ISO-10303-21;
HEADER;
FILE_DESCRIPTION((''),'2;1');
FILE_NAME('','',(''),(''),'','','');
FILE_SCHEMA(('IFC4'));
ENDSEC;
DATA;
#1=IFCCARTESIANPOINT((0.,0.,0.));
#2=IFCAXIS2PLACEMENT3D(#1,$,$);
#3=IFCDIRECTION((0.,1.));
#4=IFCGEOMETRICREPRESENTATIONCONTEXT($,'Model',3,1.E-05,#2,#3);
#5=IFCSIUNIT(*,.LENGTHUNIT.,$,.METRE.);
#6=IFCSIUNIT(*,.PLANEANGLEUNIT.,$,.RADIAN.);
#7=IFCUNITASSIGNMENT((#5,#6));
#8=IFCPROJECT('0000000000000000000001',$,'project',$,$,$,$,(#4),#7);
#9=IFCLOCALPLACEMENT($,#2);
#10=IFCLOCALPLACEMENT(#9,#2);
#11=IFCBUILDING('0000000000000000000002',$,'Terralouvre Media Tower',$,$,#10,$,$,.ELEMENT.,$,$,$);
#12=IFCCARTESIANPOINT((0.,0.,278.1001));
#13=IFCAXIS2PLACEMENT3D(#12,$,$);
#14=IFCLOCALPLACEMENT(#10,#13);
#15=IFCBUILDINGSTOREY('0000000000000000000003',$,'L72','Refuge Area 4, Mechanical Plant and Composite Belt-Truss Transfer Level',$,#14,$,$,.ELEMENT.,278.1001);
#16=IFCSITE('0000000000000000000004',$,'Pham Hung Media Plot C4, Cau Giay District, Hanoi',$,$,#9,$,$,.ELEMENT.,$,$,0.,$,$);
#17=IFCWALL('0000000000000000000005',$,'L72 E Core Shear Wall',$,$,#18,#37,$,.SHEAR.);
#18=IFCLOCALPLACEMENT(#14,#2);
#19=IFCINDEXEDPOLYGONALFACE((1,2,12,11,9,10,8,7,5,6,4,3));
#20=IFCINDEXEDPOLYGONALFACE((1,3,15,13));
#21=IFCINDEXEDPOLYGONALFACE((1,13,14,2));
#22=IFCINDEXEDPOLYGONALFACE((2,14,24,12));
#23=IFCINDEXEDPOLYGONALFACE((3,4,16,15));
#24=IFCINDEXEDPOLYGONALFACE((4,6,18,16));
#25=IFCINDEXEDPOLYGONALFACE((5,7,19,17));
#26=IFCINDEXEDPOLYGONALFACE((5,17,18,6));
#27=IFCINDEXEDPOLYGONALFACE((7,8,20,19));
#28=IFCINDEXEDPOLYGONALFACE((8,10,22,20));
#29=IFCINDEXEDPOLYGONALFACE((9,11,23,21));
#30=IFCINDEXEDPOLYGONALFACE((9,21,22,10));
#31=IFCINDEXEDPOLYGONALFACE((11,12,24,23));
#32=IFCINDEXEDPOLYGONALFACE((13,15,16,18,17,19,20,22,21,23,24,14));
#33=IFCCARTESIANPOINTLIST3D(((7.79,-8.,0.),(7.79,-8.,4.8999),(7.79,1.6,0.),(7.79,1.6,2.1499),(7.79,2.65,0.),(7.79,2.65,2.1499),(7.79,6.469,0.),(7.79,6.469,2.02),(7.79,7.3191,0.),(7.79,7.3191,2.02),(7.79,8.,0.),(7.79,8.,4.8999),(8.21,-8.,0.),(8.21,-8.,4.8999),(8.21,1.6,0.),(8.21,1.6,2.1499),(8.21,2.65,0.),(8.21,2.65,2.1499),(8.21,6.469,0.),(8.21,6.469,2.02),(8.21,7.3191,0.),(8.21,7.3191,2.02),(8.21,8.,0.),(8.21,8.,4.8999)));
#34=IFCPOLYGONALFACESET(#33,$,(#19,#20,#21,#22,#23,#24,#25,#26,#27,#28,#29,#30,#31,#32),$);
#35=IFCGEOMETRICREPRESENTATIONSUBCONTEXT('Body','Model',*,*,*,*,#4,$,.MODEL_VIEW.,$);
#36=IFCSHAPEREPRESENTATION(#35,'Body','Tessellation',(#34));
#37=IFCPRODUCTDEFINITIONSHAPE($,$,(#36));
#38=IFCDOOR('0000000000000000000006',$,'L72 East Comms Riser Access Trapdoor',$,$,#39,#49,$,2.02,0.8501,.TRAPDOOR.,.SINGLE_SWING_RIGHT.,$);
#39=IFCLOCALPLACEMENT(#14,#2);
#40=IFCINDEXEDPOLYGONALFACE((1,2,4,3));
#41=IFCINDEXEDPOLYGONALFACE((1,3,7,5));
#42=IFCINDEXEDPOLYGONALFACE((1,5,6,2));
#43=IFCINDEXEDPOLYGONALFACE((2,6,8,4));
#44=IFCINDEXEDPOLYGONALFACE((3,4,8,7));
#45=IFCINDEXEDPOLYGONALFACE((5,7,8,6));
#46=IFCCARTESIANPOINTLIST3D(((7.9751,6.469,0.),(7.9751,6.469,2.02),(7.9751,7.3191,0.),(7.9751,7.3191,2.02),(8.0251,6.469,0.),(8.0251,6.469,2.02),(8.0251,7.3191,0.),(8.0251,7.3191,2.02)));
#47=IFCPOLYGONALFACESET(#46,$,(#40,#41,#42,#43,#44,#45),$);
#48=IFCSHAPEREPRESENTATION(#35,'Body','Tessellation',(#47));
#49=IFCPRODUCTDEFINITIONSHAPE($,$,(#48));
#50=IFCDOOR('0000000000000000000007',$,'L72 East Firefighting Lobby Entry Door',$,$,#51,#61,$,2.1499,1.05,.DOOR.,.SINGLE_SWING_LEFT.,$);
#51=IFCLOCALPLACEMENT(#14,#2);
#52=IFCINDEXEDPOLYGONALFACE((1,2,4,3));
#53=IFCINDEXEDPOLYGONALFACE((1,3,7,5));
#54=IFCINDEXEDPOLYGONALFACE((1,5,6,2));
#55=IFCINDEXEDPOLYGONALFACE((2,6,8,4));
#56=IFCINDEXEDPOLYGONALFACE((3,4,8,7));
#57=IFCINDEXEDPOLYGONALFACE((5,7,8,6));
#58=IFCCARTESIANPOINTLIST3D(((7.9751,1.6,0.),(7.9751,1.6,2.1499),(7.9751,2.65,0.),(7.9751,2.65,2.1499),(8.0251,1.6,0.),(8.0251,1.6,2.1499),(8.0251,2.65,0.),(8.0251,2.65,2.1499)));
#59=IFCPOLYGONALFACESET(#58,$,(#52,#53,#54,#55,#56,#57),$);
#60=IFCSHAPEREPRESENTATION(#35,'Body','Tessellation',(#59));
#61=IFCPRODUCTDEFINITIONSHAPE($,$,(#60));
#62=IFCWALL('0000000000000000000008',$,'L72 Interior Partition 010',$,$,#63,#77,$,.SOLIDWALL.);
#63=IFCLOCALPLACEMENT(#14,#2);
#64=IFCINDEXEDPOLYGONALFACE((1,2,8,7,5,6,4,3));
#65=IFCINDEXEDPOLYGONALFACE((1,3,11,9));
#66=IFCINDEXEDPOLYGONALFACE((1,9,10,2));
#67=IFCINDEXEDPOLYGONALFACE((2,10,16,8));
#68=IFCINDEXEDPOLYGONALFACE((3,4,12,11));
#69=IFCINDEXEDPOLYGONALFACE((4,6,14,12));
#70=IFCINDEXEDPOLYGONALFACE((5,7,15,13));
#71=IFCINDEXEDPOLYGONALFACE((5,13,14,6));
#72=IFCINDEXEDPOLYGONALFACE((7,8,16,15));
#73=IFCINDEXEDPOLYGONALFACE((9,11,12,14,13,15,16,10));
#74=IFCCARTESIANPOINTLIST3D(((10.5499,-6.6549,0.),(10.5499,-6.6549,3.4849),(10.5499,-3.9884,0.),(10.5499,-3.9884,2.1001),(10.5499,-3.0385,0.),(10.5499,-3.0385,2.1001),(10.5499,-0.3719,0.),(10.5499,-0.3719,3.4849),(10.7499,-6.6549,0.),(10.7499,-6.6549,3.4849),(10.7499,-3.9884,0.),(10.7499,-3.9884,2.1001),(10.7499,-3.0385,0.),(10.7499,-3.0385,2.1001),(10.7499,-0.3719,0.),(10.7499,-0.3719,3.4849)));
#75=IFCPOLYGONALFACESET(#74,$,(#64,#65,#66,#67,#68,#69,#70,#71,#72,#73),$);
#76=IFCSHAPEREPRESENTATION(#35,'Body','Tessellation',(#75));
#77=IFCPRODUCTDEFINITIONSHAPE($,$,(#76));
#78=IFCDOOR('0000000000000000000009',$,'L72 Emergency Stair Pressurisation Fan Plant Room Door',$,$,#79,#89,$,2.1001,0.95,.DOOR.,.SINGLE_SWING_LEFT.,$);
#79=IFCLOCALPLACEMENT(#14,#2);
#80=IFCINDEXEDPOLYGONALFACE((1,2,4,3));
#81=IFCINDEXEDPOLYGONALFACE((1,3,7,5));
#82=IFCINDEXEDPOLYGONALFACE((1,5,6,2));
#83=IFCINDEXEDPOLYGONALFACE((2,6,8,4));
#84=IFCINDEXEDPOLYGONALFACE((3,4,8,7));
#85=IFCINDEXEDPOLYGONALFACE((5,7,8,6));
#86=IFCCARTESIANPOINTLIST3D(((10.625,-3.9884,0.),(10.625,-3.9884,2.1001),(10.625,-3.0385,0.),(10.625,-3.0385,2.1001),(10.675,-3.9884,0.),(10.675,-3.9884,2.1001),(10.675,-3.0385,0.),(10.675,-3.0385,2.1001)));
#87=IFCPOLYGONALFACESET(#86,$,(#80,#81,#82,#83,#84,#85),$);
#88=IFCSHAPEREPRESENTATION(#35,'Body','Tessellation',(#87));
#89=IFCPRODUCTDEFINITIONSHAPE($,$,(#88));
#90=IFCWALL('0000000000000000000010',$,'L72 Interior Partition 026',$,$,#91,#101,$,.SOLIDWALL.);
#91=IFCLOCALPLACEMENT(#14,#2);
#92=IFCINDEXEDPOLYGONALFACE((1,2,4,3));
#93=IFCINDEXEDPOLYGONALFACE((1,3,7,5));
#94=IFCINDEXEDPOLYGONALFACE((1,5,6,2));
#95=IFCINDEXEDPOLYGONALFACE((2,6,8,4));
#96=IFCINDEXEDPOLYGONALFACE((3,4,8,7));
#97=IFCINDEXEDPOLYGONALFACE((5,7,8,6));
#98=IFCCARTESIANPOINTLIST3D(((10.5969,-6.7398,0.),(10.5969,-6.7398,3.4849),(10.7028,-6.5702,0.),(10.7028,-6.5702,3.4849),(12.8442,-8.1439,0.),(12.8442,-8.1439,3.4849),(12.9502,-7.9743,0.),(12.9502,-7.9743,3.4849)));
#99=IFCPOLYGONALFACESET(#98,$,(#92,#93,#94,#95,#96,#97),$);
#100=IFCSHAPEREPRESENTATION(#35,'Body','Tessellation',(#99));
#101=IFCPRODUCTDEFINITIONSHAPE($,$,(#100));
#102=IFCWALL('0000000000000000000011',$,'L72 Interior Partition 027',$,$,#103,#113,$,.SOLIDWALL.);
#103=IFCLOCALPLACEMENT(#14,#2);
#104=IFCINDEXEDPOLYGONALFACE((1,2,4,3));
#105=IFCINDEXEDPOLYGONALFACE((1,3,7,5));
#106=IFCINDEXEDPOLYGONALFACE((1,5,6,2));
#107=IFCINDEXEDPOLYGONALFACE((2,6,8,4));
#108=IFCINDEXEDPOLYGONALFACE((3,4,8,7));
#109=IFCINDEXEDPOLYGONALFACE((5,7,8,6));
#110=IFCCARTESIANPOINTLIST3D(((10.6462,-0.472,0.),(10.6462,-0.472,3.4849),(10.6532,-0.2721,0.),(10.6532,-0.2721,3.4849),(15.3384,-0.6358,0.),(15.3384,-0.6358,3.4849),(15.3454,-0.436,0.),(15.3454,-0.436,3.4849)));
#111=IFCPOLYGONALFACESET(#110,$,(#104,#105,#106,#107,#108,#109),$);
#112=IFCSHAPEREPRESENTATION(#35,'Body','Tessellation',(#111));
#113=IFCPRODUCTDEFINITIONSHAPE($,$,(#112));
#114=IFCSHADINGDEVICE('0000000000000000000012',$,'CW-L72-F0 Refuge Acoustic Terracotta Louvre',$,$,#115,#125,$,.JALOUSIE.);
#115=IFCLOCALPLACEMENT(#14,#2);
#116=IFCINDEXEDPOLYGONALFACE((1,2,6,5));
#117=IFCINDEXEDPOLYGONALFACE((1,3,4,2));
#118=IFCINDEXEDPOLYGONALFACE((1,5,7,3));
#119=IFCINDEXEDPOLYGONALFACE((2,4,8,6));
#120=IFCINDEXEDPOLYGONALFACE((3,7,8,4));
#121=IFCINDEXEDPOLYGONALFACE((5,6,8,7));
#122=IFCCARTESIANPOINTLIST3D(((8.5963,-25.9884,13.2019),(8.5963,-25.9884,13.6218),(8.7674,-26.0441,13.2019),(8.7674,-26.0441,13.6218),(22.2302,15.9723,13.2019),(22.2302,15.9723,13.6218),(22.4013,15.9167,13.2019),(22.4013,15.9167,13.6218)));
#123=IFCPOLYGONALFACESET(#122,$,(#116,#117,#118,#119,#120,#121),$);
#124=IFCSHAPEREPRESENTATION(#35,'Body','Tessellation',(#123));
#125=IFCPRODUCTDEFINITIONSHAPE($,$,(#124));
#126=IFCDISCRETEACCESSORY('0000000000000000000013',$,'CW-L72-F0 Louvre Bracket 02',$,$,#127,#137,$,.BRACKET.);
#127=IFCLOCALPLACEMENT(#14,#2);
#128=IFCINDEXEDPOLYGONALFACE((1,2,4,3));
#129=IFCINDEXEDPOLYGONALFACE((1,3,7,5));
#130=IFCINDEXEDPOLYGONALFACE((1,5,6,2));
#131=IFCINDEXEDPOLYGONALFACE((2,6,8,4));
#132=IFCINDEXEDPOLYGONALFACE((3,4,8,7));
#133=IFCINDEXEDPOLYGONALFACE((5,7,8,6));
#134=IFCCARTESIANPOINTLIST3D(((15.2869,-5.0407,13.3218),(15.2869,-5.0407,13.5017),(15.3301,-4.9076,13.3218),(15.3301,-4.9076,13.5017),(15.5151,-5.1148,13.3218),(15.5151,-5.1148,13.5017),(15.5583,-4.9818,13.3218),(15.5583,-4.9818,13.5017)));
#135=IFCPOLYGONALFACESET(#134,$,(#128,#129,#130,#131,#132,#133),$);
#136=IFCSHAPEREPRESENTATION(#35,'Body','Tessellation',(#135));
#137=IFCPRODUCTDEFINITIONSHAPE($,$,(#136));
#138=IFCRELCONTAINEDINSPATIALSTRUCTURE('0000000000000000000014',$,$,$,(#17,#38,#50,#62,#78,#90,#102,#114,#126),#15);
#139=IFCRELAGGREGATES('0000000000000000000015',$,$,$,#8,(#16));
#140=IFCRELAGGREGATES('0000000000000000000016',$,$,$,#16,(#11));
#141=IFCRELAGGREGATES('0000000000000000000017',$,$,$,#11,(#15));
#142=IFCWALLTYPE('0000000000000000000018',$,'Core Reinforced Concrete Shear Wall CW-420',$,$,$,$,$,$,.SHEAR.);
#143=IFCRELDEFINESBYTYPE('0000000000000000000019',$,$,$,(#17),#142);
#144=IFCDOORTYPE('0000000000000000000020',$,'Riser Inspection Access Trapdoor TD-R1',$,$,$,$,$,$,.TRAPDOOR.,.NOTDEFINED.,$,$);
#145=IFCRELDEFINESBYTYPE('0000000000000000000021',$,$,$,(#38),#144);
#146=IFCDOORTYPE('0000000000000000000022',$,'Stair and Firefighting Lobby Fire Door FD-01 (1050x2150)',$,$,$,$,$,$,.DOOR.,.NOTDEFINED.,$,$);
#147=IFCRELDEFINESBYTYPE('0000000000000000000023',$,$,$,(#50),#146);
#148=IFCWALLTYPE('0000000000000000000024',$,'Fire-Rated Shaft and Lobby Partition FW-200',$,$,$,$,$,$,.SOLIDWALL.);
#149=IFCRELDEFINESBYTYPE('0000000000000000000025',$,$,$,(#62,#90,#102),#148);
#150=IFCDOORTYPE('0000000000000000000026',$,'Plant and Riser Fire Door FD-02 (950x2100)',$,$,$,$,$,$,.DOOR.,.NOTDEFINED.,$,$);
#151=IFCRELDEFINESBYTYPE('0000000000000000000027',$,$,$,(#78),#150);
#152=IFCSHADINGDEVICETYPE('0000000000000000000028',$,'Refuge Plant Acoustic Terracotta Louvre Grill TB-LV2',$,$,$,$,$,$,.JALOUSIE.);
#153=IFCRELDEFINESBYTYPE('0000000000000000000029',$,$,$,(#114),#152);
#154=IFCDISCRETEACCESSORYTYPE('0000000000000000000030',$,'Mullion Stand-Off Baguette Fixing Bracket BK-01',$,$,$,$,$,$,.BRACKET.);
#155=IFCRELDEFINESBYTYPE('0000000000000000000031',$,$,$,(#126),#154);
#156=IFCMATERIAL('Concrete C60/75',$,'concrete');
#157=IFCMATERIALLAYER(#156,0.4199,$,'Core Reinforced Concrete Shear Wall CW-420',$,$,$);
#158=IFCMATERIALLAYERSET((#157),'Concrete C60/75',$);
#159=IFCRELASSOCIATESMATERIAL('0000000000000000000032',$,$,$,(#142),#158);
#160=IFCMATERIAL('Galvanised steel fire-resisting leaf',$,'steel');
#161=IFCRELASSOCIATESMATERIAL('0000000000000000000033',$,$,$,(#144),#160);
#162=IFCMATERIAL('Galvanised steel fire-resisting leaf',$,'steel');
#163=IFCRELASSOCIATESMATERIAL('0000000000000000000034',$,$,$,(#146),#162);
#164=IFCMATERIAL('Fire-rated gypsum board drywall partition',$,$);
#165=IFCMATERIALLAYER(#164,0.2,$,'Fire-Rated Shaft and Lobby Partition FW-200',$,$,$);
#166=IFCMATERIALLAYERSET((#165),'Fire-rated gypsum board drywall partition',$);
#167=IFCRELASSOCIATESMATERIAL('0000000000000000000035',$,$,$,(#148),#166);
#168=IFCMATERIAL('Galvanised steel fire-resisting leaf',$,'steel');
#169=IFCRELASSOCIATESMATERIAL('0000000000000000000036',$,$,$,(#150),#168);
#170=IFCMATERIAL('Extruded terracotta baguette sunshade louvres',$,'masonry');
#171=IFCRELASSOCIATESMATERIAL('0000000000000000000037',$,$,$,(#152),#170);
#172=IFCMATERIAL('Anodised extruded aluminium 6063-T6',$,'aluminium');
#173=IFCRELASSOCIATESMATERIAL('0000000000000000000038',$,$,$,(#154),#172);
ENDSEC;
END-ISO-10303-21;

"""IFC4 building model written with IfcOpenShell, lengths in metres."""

from ifc_helpers import new_model, si_unit, direction, frame, frame_2d, origin, origin_2d, place, context, subcontext, project, spatial, rectangle, extrude, material, layer, layer_set, type_object, element, fill, save


model = new_model("IFC4")

# Units and contexts
model_context = context("Model", 3, precision=1e-05, world=origin(), true_north=direction((0.0, 1.0)))
body_context = subcontext(model_context, "Body", "Model", "MODEL_VIEW")
ifc_project = project(units=[si_unit("LENGTHUNIT", "METRE"), si_unit("PLANEANGLEUNIT", "RADIAN")], contexts=[model_context])

# Site, building, storey
site_placement = place(None, origin())
site = spatial("IfcSite", under=ifc_project, at=site_placement, Name="Pham Hung Media Plot C4, Cau Giay District, Hanoi", CompositionType="ELEMENT", RefElevation=0.0)
building_placement = place(site_placement, origin())
building = spatial("IfcBuilding", under=site, at=building_placement, Name="Terralouvre Media Tower", CompositionType="ELEMENT")
storey_placement = place(building_placement, frame((0.0, 0.0, 278.1001)))
storey = spatial("IfcBuildingStorey", under=building, at=storey_placement, Name="L72", Description="Refuge Area 4, Mechanical Plant and Composite Belt-Truss Transfer Level", CompositionType="ELEMENT", Elevation=278.1001)

# Wall, openings, doors
ifc_material_1 = material(Name="Concrete C60/75", Category="concrete")
ifc_layer_1 = layer(ifc_material_1, 0.4199, Name="Core Reinforced Concrete Shear Wall CW-420")
ifc_layer_set_1 = layer_set([ifc_layer_1], Name="Concrete C60/75")
wall_type_1 = type_object("IfcWallType", Name="Core Reinforced Concrete Shear Wall CW-420", PredefinedType="SHEAR", material=ifc_layer_set_1)
wall_1_placement = place(storey_placement, frame((8.0, -8.0, 0.0), z_axis=(0.0, 0.0, 1.0), x_axis=(0.0, 1.0, 0.0)))
wall_1 = element("IfcWall", 1, at=wall_1_placement, inside=storey, type_object=wall_type_1, Name="L72 E Core Shear Wall", PredefinedType="SHEAR", context=body_context, shape_type="SweptSolid", body=[
    extrude(rectangle(XDim=16.0, YDim=0.4199, at=frame_2d((8.0, 0.0))), origin(), (0.0, 0.0, 1.0), 4.8999),
])
opening_1_placement = place(wall_1_placement, frame((9.6001, 0.0, 0.0)))
opening_1 = element("IfcOpeningElement", 2, at=opening_1_placement, cuts=wall_1, PredefinedType="OPENING", context=body_context, shape_type="SweptSolid", body=[
    extrude(rectangle(XDim=1.05, YDim=2.1499, at=frame_2d((0.5249, 1.075))), frame((0.0, 0.22, 0.0), z_axis=(0.0, -1.0, 0.0), x_axis=(1.0, 0.0, 0.0)), (0.0, 0.0, 1.0), 0.4399),
])
opening_2_placement = place(wall_1_placement, frame((14.469, 0.0, 0.0)))
opening_2 = element("IfcOpeningElement", 3, at=opening_2_placement, cuts=wall_1, PredefinedType="OPENING", context=body_context, shape_type="SweptSolid", body=[
    extrude(rectangle(XDim=0.8501, YDim=2.02, at=frame_2d((0.425, 1.01))), frame((0.0, 0.22, 0.0), z_axis=(0.0, -1.0, 0.0), x_axis=(1.0, 0.0, 0.0)), (0.0, 0.0, 1.0), 0.4399),
])
ifc_material_2 = material(Name="Galvanised steel fire-resisting leaf", Category="steel")
door_type_1 = type_object("IfcDoorType", Name="Riser Inspection Access Trapdoor TD-R1", OperationType="NOTDEFINED", PredefinedType="TRAPDOOR", material=ifc_material_2)
door_1_placement = place(opening_2_placement, origin())
door_1 = element("IfcDoor", 4, at=door_1_placement, inside=storey, type_object=door_type_1, Name="L72 East Comms Riser Access Trapdoor", OperationType="SINGLE_SWING_RIGHT", OverallHeight=2.02, OverallWidth=0.8501, PredefinedType="TRAPDOOR", context=body_context, shape_type="SweptSolid", body=[
    extrude(rectangle(XDim=0.8501, YDim=2.02, at=frame_2d((0.425, 1.01))), frame((0.0, 0.0249, 0.0), z_axis=(0.0, -1.0, 0.0), x_axis=(1.0, 0.0, 0.0)), (0.0, 0.0, 1.0), 0.05),
])
fill(opening_2, door_1)
ifc_material_3 = material(Name="Galvanised steel fire-resisting leaf", Category="steel")
door_type_2 = type_object("IfcDoorType", Name="Stair and Firefighting Lobby Fire Door FD-01 (1050x2150)", OperationType="NOTDEFINED", PredefinedType="DOOR", material=ifc_material_3)
door_2_placement = place(opening_1_placement, origin())
door_2 = element("IfcDoor", 5, at=door_2_placement, inside=storey, type_object=door_type_2, Name="L72 East Firefighting Lobby Entry Door", OperationType="SINGLE_SWING_LEFT", OverallHeight=2.1499, OverallWidth=1.05, PredefinedType="DOOR", context=body_context, shape_type="SweptSolid", body=[
    extrude(rectangle(XDim=1.05, YDim=2.1499, at=frame_2d((0.5249, 1.075))), frame((0.0, 0.0249, 0.0), z_axis=(0.0, -1.0, 0.0), x_axis=(1.0, 0.0, 0.0)), (0.0, 0.0, 1.0), 0.05),
])
fill(opening_1, door_2)

# Wall, opening, door
ifc_material_4 = material(Name="Fire-rated gypsum board drywall partition")
ifc_layer_2 = layer(ifc_material_4, 0.2, Name="Fire-Rated Shaft and Lobby Partition FW-200")
ifc_layer_set_2 = layer_set([ifc_layer_2], Name="Fire-rated gypsum board drywall partition")
wall_type_2 = type_object("IfcWallType", Name="Fire-Rated Shaft and Lobby Partition FW-200", PredefinedType="SOLIDWALL", material=ifc_layer_set_2)
wall_2_placement = place(storey_placement, frame((10.6499, -6.655, 0.0), z_axis=(0.0, 0.0, 1.0), x_axis=(0.0, 1.0, 0.0)))
wall_2 = element("IfcWall", 6, at=wall_2_placement, inside=storey, type_object=wall_type_2, Name="L72 Interior Partition 010", PredefinedType="SOLIDWALL", context=body_context, shape_type="SweptSolid", body=[
    extrude(rectangle(XDim=6.283, YDim=0.2, at=frame_2d((3.1416, 0.0))), origin(), (0.0, 0.0, 1.0), 3.4849),
])
opening_3_placement = place(wall_2_placement, frame((2.6665, 0.0, 0.0)))
opening_3 = element("IfcOpeningElement", 7, at=opening_3_placement, cuts=wall_2, PredefinedType="OPENING", context=body_context, shape_type="SweptSolid", body=[
    extrude(rectangle(XDim=0.95, YDim=2.1001, at=frame_2d((0.4751, 1.05))), frame((0.0, 0.1099, 0.0), z_axis=(0.0, -1.0, 0.0), x_axis=(1.0, 0.0, 0.0)), (0.0, 0.0, 1.0), 0.22),
])
ifc_material_5 = material(Name="Galvanised steel fire-resisting leaf", Category="steel")
door_type_3 = type_object("IfcDoorType", Name="Plant and Riser Fire Door FD-02 (950x2100)", OperationType="NOTDEFINED", PredefinedType="DOOR", material=ifc_material_5)
door_3_placement = place(opening_3_placement, origin())
door_3 = element("IfcDoor", 8, at=door_3_placement, inside=storey, type_object=door_type_3, Name="L72 Emergency Stair Pressurisation Fan Plant Room Door", OperationType="SINGLE_SWING_LEFT", OverallHeight=2.1001, OverallWidth=0.95, PredefinedType="DOOR", context=body_context, shape_type="SweptSolid", body=[
    extrude(rectangle(XDim=0.95, YDim=2.1001, at=frame_2d((0.4751, 1.05))), frame((0.0, 0.0249, 0.0), z_axis=(0.0, -1.0, 0.0), x_axis=(1.0, 0.0, 0.0)), (0.0, 0.0, 1.0), 0.05),
])
fill(opening_3, door_3)

# Walls
wall_3_placement = place(storey_placement, frame((12.8972, -8.0591, 0.0), z_axis=(0.0, 0.0, 1.0), x_axis=(-0.848086, 0.529858, 0.0)))
element("IfcWall", 9, at=wall_3_placement, inside=storey, type_object=wall_type_2, Name="L72 Interior Partition 026", PredefinedType="SOLIDWALL", context=body_context, shape_type="SweptSolid", body=[
    extrude(rectangle(XDim=2.6499, YDim=0.2, at=frame_2d((1.325, 0.0))), origin(), (0.0, 0.0, 1.0), 3.4849),
])
wall_4_placement = place(storey_placement, frame((15.342, -0.5359, 0.0), z_axis=(0.0, 0.0, 1.0), x_axis=(-0.999391, 0.034892, 0.0)))
element("IfcWall", 10, at=wall_4_placement, inside=storey, type_object=wall_type_2, Name="L72 Interior Partition 027", PredefinedType="SOLIDWALL", context=body_context, shape_type="SweptSolid", body=[
    extrude(rectangle(XDim=4.6951, YDim=0.2, at=frame_2d((2.3477, 0.0))), origin(), (0.0, 0.0, 1.0), 3.4849),
])

# Shading device
ifc_material_6 = material(Name="Extruded terracotta baguette sunshade louvres", Category="masonry")
shading_device_type = type_object("IfcShadingDeviceType", Name="Refuge Plant Acoustic Terracotta Louvre Grill TB-LV2", PredefinedType="JALOUSIE", material=ifc_material_6)
shading_device_placement = place(storey_placement, frame((15.4988, -5.0359, 13.2019), z_axis=(0.0, 0.0, 1.0), x_axis=(0.309017, 0.951057, 0.0)))
element("IfcShadingDevice", 11, at=shading_device_placement, inside=storey, type_object=shading_device_type, Name="CW-L72-F0 Refuge Acoustic Terracotta Louvre", PredefinedType="JALOUSIE", context=body_context, shape_type="SweptSolid", body=[
    extrude(rectangle(XDim=44.1201, YDim=0.1799, at=origin_2d()), origin(), (0.0, 0.0, 1.0), 0.4199),
])

# Discrete accessory
ifc_material_7 = material(Name="Anodised extruded aluminium 6063-T6", Category="aluminium")
discrete_accessory_type = type_object("IfcDiscreteAccessoryType", Name="Mullion Stand-Off Baguette Fixing Bracket BK-01", PredefinedType="BRACKET", material=ifc_material_7)
discrete_accessory_placement = place(storey_placement, frame((15.4226, -5.0112, 13.3218), z_axis=(0.0, 0.0, 1.0), x_axis=(0.309017, 0.951057, 0.0)))
element("IfcDiscreteAccessory", 12, at=discrete_accessory_placement, inside=storey, type_object=discrete_accessory_type, Name="CW-L72-F0 Louvre Bracket 02", PredefinedType="BRACKET", context=body_context, shape_type="SweptSolid", body=[
    extrude(rectangle(XDim=0.1399, YDim=0.24, at=origin_2d()), origin(), (0.0, 0.0, 1.0), 0.1799),
])

save(model, "model.ifc")
